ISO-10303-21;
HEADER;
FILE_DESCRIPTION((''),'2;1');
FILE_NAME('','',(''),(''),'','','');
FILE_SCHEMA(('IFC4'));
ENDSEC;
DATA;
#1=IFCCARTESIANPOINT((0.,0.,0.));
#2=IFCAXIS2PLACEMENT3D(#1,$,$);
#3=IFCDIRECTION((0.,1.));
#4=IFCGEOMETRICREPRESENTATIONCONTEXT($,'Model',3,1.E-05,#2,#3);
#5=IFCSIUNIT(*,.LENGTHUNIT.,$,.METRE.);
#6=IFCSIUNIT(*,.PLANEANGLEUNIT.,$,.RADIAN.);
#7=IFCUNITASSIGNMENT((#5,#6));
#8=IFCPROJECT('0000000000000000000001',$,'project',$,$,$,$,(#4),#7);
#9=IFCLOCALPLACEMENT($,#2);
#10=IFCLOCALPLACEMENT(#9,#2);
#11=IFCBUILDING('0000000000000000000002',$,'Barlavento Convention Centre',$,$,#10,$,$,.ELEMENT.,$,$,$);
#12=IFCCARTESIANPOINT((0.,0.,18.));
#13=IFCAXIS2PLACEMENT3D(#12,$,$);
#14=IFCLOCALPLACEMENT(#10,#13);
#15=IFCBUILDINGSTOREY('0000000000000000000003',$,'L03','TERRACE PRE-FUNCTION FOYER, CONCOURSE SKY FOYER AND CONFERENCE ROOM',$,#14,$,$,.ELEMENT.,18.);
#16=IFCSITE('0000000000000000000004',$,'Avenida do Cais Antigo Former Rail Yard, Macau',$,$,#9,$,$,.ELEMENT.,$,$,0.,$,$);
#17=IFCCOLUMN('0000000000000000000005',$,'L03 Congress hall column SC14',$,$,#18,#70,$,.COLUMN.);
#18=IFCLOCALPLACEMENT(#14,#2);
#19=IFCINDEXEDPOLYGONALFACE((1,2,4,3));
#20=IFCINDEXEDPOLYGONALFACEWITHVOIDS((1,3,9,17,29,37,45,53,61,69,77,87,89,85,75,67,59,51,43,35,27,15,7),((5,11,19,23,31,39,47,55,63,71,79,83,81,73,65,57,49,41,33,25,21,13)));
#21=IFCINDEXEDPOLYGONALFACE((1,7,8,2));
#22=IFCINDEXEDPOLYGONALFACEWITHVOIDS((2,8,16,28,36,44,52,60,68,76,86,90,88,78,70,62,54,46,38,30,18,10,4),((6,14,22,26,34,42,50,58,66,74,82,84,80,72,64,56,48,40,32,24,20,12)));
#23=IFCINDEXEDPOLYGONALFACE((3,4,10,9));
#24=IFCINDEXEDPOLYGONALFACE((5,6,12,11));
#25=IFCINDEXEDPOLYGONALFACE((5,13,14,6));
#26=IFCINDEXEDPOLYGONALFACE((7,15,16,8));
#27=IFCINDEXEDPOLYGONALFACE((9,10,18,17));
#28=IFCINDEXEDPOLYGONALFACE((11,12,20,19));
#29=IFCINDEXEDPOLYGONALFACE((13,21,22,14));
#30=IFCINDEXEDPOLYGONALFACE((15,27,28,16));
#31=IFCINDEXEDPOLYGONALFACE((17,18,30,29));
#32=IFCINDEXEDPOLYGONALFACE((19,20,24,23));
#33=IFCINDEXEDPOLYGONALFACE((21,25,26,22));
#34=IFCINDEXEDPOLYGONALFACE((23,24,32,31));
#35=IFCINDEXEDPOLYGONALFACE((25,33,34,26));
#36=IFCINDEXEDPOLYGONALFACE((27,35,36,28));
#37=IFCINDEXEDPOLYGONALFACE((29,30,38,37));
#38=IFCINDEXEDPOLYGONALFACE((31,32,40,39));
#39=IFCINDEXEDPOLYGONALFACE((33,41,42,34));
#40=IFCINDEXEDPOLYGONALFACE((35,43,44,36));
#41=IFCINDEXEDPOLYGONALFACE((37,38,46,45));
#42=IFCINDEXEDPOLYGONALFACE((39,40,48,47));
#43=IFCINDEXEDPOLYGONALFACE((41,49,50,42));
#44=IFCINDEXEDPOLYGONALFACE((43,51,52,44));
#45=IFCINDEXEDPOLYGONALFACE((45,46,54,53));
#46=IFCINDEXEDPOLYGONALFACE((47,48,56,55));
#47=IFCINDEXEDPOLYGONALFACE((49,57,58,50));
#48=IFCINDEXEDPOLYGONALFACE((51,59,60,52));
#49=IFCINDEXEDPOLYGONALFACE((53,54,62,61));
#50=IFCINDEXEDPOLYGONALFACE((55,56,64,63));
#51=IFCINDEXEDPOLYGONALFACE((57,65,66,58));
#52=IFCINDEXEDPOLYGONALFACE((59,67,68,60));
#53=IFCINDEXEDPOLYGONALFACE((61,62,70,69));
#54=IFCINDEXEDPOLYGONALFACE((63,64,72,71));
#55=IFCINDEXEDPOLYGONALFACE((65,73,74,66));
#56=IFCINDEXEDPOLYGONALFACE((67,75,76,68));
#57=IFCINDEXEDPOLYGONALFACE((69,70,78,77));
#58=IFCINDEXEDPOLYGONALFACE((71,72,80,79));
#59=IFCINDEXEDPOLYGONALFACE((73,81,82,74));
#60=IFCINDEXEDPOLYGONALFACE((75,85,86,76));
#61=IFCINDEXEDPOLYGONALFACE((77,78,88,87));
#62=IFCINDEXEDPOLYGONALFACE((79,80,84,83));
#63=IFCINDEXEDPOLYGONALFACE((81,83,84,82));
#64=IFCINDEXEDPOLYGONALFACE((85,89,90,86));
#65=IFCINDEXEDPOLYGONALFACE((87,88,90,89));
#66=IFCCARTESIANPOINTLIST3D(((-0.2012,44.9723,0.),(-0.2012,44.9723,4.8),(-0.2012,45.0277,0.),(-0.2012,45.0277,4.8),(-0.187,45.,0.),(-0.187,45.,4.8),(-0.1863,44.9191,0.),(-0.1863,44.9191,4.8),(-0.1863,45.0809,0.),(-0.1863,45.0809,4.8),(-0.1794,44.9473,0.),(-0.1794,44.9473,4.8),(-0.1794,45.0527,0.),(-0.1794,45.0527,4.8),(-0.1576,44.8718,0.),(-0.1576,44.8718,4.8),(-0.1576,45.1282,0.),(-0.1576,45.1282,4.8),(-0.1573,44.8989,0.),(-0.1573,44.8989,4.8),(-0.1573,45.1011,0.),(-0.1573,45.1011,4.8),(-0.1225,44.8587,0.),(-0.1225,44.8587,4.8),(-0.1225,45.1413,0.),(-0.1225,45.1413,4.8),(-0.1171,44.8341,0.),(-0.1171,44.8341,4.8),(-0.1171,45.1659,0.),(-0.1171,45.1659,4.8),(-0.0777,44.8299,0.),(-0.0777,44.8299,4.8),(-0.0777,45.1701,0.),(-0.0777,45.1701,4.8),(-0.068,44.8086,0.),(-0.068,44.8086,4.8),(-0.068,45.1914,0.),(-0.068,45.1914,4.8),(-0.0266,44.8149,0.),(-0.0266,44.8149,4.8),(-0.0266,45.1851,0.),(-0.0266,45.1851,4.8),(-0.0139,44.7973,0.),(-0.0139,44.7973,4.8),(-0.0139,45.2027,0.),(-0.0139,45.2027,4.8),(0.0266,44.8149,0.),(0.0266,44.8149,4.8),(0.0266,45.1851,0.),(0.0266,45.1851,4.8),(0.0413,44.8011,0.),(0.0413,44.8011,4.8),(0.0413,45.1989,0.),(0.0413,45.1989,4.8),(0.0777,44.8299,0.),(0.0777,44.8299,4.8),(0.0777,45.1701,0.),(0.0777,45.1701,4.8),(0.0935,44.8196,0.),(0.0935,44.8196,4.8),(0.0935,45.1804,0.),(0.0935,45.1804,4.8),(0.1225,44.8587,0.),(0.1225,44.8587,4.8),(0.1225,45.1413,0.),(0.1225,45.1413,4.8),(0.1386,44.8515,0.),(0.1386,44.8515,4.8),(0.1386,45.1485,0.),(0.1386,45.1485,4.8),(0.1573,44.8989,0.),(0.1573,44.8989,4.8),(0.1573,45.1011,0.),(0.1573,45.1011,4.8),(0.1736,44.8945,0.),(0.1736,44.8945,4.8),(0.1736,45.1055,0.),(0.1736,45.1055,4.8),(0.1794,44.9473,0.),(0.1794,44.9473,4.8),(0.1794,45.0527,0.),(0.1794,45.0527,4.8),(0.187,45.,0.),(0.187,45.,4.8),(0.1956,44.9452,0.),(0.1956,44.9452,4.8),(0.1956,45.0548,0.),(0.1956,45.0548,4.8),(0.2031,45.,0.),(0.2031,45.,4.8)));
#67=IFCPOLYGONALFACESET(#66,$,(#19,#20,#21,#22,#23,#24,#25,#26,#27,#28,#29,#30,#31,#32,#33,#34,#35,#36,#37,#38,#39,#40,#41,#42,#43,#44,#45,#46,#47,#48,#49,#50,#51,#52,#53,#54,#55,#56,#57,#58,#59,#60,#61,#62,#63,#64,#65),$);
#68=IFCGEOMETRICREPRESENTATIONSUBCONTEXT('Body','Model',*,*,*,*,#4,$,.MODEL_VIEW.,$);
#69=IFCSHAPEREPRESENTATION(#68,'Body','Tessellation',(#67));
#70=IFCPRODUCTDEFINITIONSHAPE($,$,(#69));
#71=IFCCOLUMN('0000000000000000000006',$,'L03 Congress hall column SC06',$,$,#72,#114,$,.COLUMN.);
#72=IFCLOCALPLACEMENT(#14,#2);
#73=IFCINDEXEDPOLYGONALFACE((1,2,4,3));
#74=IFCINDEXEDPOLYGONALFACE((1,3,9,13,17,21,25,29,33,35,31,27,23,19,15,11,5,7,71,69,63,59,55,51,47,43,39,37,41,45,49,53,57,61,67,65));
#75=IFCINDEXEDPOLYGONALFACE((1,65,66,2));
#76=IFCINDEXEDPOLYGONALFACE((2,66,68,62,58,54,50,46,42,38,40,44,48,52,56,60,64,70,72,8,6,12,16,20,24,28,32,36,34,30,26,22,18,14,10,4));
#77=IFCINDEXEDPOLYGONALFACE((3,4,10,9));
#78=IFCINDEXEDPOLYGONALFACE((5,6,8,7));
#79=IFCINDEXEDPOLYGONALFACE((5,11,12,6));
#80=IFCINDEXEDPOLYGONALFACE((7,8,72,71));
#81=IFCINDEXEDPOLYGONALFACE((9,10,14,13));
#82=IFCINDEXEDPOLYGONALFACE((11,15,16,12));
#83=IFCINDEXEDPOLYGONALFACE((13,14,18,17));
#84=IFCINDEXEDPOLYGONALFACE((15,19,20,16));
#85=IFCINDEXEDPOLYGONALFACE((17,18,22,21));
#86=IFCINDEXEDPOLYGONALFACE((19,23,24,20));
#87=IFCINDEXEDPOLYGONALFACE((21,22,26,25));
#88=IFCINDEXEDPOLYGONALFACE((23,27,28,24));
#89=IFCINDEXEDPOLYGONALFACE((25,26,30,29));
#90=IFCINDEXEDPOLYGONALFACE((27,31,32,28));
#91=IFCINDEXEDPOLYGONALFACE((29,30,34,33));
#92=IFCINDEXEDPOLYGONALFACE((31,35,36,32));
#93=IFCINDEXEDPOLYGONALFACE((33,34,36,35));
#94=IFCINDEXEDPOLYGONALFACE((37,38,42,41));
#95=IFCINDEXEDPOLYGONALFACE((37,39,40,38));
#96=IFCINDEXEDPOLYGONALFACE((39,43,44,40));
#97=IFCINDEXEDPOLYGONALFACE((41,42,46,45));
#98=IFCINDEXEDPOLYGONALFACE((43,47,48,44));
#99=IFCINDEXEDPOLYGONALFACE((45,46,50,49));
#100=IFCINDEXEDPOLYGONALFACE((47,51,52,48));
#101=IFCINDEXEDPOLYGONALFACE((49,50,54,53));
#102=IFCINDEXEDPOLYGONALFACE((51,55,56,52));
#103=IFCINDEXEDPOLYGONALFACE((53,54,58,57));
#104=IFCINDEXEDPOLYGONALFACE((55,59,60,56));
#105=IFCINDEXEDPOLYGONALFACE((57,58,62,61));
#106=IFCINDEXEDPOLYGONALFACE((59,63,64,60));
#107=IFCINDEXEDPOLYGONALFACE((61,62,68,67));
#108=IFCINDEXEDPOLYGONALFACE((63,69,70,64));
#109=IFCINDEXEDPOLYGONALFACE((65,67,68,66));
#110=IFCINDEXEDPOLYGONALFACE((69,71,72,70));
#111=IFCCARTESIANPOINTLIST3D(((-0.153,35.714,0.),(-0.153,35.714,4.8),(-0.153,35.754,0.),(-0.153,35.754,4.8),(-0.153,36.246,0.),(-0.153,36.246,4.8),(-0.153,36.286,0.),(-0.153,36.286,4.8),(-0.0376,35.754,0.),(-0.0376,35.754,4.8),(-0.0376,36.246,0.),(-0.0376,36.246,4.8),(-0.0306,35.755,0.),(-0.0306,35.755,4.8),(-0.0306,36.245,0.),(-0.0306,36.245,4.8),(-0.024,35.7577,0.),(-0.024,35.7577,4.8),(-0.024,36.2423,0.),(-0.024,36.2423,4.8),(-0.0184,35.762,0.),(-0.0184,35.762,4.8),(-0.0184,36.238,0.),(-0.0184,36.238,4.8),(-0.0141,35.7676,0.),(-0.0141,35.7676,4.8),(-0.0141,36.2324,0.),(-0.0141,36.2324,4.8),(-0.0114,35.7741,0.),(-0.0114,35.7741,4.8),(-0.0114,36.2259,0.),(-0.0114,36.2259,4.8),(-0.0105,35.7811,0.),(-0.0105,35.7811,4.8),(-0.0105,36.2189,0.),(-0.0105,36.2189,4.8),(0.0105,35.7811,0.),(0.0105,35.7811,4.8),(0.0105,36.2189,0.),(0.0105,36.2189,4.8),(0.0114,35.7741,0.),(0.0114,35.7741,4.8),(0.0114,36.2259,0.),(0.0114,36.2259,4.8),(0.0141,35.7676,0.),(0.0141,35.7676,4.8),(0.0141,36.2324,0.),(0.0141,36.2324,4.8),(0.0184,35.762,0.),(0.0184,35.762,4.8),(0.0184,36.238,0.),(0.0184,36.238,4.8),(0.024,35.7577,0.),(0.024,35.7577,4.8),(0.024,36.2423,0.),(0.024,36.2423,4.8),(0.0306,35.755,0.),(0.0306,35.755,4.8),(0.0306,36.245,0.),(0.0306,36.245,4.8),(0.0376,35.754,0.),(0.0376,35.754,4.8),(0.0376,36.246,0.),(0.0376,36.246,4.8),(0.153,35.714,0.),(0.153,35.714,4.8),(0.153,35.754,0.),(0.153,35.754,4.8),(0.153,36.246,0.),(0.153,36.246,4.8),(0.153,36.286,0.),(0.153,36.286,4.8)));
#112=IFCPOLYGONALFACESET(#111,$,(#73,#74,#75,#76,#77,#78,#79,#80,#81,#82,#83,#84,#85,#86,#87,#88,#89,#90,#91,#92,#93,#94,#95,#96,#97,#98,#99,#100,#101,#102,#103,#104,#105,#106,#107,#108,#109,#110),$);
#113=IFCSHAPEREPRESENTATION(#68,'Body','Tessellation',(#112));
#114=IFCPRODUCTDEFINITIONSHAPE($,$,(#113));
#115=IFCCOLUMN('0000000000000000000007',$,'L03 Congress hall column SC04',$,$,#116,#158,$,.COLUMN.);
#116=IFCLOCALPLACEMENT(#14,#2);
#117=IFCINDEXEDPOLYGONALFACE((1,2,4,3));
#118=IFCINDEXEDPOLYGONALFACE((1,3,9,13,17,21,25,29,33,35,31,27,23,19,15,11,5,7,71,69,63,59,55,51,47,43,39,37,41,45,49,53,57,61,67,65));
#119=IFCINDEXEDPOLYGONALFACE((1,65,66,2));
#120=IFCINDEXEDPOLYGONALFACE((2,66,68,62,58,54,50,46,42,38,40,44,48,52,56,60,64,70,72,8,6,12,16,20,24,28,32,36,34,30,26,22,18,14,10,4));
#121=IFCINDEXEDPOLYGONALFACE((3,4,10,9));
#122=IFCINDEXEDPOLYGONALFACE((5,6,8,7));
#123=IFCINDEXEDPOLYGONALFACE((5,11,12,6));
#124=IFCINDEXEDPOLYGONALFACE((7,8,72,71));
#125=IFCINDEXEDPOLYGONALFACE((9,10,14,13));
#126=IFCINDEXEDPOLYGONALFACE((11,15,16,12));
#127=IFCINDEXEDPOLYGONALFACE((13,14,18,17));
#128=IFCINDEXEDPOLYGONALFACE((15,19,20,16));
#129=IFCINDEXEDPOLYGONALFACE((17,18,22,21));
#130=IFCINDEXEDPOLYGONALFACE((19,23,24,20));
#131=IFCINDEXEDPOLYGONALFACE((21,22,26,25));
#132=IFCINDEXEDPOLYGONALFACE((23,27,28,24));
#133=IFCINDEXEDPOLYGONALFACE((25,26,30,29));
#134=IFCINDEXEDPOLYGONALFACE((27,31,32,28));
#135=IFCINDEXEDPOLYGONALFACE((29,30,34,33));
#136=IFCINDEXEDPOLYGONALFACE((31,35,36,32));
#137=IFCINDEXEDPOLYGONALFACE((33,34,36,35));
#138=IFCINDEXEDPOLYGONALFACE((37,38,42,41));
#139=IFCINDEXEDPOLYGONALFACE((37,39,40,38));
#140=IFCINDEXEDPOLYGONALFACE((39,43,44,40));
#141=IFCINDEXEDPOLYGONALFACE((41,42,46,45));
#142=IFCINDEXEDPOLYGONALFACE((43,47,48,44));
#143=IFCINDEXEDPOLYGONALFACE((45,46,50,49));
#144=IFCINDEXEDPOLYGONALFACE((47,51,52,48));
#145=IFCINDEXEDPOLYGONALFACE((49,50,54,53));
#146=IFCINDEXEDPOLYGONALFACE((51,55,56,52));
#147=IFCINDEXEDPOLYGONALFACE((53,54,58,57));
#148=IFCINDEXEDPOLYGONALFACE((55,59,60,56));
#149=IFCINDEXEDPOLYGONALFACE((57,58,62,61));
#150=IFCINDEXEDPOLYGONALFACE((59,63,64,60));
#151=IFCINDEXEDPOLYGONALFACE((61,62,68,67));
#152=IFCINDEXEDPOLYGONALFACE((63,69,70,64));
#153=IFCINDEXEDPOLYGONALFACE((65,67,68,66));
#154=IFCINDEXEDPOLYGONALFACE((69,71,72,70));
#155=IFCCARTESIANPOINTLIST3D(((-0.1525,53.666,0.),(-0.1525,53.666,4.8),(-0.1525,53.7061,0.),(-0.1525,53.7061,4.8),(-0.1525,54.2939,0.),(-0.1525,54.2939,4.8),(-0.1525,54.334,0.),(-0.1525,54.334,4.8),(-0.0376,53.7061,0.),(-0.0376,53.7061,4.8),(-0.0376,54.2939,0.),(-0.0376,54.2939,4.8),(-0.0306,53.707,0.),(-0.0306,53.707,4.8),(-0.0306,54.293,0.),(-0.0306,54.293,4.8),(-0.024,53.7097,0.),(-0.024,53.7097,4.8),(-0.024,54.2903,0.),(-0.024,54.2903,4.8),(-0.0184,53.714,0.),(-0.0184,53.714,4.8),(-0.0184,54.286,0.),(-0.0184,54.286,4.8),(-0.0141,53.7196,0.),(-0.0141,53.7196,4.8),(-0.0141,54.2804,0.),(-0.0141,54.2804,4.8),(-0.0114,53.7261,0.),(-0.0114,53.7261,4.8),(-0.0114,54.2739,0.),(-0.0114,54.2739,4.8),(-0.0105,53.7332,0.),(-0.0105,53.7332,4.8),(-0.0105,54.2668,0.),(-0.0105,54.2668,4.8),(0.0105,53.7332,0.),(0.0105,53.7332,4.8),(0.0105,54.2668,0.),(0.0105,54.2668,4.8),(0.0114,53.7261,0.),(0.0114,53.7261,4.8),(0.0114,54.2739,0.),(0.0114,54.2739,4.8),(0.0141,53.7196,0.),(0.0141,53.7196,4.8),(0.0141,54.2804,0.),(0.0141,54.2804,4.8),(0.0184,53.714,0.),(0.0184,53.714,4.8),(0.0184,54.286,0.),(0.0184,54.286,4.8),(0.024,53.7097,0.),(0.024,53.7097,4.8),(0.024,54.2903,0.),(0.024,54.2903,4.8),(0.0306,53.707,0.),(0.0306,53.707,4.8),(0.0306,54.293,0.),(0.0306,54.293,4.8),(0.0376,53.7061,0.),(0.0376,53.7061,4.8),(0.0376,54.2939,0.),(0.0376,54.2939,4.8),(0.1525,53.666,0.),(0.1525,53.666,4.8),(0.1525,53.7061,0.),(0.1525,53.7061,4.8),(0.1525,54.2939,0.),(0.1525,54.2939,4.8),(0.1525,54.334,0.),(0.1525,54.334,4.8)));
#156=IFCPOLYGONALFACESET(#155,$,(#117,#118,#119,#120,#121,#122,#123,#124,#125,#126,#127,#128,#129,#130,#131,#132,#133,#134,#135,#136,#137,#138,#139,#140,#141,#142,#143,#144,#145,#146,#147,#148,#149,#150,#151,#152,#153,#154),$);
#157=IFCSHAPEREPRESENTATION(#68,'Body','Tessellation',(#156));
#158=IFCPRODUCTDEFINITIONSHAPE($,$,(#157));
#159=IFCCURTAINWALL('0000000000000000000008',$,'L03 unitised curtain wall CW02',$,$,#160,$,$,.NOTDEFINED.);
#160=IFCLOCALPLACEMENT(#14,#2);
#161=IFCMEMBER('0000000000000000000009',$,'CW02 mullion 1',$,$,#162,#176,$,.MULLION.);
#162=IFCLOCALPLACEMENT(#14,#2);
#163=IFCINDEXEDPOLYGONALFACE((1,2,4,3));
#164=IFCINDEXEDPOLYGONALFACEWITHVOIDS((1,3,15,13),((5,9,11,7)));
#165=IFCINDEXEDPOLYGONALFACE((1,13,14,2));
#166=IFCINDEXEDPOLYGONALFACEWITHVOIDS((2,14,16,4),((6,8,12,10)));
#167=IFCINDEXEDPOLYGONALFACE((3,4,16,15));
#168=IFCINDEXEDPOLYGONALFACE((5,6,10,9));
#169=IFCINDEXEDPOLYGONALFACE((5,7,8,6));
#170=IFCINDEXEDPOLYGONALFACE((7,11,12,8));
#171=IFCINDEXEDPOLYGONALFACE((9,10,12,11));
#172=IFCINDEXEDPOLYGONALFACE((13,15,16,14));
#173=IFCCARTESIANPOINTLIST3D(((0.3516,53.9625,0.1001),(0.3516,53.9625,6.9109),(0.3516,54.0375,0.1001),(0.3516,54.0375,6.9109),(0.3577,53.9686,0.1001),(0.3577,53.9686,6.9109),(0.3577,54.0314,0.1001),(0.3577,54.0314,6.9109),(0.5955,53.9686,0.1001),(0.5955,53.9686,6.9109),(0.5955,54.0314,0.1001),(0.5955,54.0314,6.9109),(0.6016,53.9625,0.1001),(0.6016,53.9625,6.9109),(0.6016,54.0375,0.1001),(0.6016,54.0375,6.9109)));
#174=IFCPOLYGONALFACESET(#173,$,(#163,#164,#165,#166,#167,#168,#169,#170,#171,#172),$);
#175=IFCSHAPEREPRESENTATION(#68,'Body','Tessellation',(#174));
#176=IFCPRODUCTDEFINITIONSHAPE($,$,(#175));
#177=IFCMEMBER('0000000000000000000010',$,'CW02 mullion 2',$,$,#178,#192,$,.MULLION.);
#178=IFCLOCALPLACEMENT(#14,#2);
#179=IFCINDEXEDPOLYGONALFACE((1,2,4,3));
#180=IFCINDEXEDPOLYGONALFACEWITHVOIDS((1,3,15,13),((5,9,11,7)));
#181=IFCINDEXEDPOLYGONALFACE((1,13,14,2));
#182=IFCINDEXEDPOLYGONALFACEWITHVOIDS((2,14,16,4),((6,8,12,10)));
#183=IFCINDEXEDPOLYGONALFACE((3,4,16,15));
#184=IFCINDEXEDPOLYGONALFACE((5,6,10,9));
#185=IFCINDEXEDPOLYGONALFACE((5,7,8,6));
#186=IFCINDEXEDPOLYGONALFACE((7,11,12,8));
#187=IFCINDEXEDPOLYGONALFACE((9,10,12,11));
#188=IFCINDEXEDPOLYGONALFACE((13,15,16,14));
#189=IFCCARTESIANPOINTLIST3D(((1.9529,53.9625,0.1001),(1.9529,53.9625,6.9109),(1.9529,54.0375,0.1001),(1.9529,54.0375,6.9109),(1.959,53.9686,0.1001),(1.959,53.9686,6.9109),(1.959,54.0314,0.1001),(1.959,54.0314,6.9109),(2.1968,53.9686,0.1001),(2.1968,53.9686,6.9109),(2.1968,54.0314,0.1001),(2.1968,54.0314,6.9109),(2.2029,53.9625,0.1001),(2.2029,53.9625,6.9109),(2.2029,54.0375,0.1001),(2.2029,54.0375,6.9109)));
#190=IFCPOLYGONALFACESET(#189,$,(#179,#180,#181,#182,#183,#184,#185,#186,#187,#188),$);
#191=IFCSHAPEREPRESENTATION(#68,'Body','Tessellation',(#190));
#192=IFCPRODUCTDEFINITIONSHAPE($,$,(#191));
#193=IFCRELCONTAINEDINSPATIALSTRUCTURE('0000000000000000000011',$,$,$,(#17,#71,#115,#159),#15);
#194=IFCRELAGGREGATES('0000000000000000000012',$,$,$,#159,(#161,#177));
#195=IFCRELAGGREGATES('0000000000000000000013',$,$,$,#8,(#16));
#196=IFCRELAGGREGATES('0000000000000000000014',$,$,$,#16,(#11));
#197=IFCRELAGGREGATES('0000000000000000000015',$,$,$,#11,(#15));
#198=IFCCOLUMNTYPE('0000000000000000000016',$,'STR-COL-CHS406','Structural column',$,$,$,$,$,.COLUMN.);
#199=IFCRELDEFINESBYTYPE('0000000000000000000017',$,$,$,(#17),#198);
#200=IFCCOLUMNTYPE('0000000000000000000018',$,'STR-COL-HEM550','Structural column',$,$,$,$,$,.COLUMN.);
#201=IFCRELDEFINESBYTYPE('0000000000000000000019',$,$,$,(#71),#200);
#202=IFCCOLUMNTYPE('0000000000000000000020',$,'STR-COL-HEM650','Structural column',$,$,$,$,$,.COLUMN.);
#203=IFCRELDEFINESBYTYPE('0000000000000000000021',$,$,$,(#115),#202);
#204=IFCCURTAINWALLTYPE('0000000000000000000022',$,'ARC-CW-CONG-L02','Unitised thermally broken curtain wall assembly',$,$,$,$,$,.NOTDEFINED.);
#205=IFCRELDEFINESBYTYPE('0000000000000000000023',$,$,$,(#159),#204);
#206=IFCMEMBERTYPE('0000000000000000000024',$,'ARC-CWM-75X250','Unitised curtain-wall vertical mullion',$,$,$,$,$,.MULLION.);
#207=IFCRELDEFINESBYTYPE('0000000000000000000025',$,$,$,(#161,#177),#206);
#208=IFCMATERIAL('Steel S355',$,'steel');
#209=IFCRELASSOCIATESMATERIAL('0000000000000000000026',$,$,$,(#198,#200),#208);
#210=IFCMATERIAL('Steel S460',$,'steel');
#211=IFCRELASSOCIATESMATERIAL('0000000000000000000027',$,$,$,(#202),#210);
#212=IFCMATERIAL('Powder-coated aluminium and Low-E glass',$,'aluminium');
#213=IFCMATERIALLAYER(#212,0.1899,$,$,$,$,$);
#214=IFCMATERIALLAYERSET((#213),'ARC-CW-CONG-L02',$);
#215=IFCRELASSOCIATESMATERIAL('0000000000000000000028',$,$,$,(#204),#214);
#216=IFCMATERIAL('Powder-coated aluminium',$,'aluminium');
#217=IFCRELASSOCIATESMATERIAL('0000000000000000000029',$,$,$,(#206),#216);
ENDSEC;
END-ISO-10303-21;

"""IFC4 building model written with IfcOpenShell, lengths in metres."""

from ifc_helpers import new_model, si_unit, direction, frame, origin, origin_2d, place, context, subcontext, project, spatial, hollow_rectangle, hollow_circle, i_section, extrude, material, layer, layer_set, material_profile, profile_set, type_object, element, aggregate, save


model = new_model("IFC4")

# Units and contexts
model_context = context("Model", 3, precision=1e-05, world=origin(), true_north=direction((0.0, 1.0)))
body_context = subcontext(model_context, "Body", "Model", "MODEL_VIEW")
ifc_project = project(units=[si_unit("LENGTHUNIT", "METRE"), si_unit("PLANEANGLEUNIT", "RADIAN")], contexts=[model_context])

# Site, building, storey
site_placement = place(None, origin())
site = spatial("IfcSite", under=ifc_project, at=site_placement, Name="Avenida do Cais Antigo Former Rail Yard, Macau", CompositionType="ELEMENT", RefElevation=0.0)
building_placement = place(site_placement, origin())
building = spatial("IfcBuilding", under=site, at=building_placement, Name="Barlavento Convention Centre", CompositionType="ELEMENT")
storey_placement = place(building_placement, frame((0.0, 0.0, 18.0)))
storey = spatial("IfcBuildingStorey", under=building, at=storey_placement, Name="L03", Description="TERRACE PRE-FUNCTION FOYER, CONCOURSE SKY FOYER AND CONFERENCE ROOM", CompositionType="ELEMENT", Elevation=18.0)

# Columns
ifc_material_1 = material(Name="Steel S355", Category="steel")
ifc_material_profile_1 = material_profile(ifc_material_1, hollow_circle(Radius=0.2031, WallThickness=0.0161, at=origin_2d()), Name="CHS 406.4x16.0")
ifc_profile_set_1 = profile_set([ifc_material_profile_1], Name="Steel S355")
column_type_1 = type_object("IfcColumnType", Name="STR-COL-CHS406", Description="Structural column", PredefinedType="COLUMN", material=ifc_profile_set_1)
column_1_placement = place(storey_placement, frame((0.0, 45.0, 0.0), z_axis=(0.0, 0.0, 1.0), x_axis=(1.0, 0.0, 0.0)))
element("IfcColumn", 1, at=column_1_placement, inside=storey, type_object=column_type_1, Name="L03 Congress hall column SC14", PredefinedType="COLUMN", context=body_context, shape_type="SweptSolid", body=[
    extrude(hollow_circle(Radius=0.2031, WallThickness=0.0161, at=origin_2d()), origin(), (0.0, 0.0, 1.0), 4.8),
])
ifc_material_profile_2 = material_profile(ifc_material_1, i_section(OverallWidth=0.3059, OverallDepth=0.572, WebThickness=0.021, FlangeThickness=0.04, FilletRadius=0.0271, at=origin_2d()), Name="HEM 550")
ifc_profile_set_2 = profile_set([ifc_material_profile_2], Name="Steel S355")
column_type_2 = type_object("IfcColumnType", Name="STR-COL-HEM550", Description="Structural column", PredefinedType="COLUMN", material=ifc_profile_set_2)
column_2_placement = place(storey_placement, frame((0.0, 36.0, 0.0), z_axis=(0.0, 0.0, 1.0), x_axis=(1.0, 0.0, 0.0)))
element("IfcColumn", 2, at=column_2_placement, inside=storey, type_object=column_type_2, Name="L03 Congress hall column SC06", PredefinedType="COLUMN", context=body_context, shape_type="SweptSolid", body=[
    extrude(i_section(OverallWidth=0.3059, OverallDepth=0.572, WebThickness=0.021, FlangeThickness=0.04, FilletRadius=0.0271, at=origin_2d()), origin(), (0.0, 0.0, 1.0), 4.8),
])
ifc_material_2 = material(Name="Steel S460", Category="steel")
ifc_material_profile_3 = material_profile(ifc_material_2, i_section(OverallWidth=0.3049, OverallDepth=0.668, WebThickness=0.021, FlangeThickness=0.04, FilletRadius=0.0271, at=origin_2d()), Name="HEM 650")
ifc_profile_set_3 = profile_set([ifc_material_profile_3], Name="Steel S460")
column_type_3 = type_object("IfcColumnType", Name="STR-COL-HEM650", Description="Structural column", PredefinedType="COLUMN", material=ifc_profile_set_3)
column_3_placement = place(storey_placement, frame((0.0, 54.0, 0.0), z_axis=(0.0, 0.0, 1.0), x_axis=(1.0, 0.0, 0.0)))
element("IfcColumn", 3, at=column_3_placement, inside=storey, type_object=column_type_3, Name="L03 Congress hall column SC04", PredefinedType="COLUMN", context=body_context, shape_type="SweptSolid", body=[
    extrude(i_section(OverallWidth=0.3049, OverallDepth=0.668, WebThickness=0.021, FlangeThickness=0.04, FilletRadius=0.0271, at=origin_2d()), origin(), (0.0, 0.0, 1.0), 4.8),
])

# Curtain wall, members
ifc_material_3 = material(Name="Powder-coated aluminium and Low-E glass", Category="aluminium")
ifc_layer_1 = layer(ifc_material_3, 0.1899)
ifc_layer_set_1 = layer_set([ifc_layer_1], Name="ARC-CW-CONG-L02")
curtain_wall_type = type_object("IfcCurtainWallType", Name="ARC-CW-CONG-L02", Description="Unitised thermally broken curtain wall assembly", PredefinedType="NOTDEFINED", material=ifc_layer_set_1)
curtain_wall_placement = place(storey_placement, origin())
curtain_wall = element("IfcCurtainWall", 4, at=curtain_wall_placement, inside=storey, type_object=curtain_wall_type, Name="L03 unitised curtain wall CW02", PredefinedType="NOTDEFINED")
ifc_material_4 = material(Name="Powder-coated aluminium", Category="aluminium")
ifc_material_profile_4 = material_profile(ifc_material_4, hollow_rectangle(XDim=0.075, YDim=0.25, WallThickness=0.0061, at=origin_2d()), Name="AL-MULL 75x250x6")
ifc_profile_set_4 = profile_set([ifc_material_profile_4], Name="Powder-coated aluminium")
member_type_1 = type_object("IfcMemberType", Name="ARC-CWM-75X250", Description="Unitised curtain-wall vertical mullion", PredefinedType="MULLION", material=ifc_profile_set_4)
member_1_placement = place(storey_placement, frame((0.4766, 54.0, 0.1001), z_axis=(0.0, 0.0, 1.0), x_axis=(0.0, 1.0, 0.0)))
member_1 = element("IfcMember", 5, at=member_1_placement, type_object=member_type_1, Name="CW02 mullion 1", PredefinedType="MULLION", context=body_context, shape_type="SweptSolid", body=[
    extrude(hollow_rectangle(XDim=0.075, YDim=0.25, WallThickness=0.0061, at=origin_2d()), origin(), (0.0, 0.0, 1.0), 6.8108),
])
member_2_placement = place(storey_placement, frame((2.0779, 54.0, 0.1001), z_axis=(0.0, 0.0, 1.0), x_axis=(0.0, 1.0, 0.0)))
member_2 = element("IfcMember", 6, at=member_2_placement, type_object=member_type_1, Name="CW02 mullion 2", PredefinedType="MULLION", context=body_context, shape_type="SweptSolid", body=[
    extrude(hollow_rectangle(XDim=0.075, YDim=0.25, WallThickness=0.0061, at=origin_2d()), origin(), (0.0, 0.0, 1.0), 6.8108),
])

aggregate(curtain_wall, [member_1, member_2])

save(model, "model.ifc")
